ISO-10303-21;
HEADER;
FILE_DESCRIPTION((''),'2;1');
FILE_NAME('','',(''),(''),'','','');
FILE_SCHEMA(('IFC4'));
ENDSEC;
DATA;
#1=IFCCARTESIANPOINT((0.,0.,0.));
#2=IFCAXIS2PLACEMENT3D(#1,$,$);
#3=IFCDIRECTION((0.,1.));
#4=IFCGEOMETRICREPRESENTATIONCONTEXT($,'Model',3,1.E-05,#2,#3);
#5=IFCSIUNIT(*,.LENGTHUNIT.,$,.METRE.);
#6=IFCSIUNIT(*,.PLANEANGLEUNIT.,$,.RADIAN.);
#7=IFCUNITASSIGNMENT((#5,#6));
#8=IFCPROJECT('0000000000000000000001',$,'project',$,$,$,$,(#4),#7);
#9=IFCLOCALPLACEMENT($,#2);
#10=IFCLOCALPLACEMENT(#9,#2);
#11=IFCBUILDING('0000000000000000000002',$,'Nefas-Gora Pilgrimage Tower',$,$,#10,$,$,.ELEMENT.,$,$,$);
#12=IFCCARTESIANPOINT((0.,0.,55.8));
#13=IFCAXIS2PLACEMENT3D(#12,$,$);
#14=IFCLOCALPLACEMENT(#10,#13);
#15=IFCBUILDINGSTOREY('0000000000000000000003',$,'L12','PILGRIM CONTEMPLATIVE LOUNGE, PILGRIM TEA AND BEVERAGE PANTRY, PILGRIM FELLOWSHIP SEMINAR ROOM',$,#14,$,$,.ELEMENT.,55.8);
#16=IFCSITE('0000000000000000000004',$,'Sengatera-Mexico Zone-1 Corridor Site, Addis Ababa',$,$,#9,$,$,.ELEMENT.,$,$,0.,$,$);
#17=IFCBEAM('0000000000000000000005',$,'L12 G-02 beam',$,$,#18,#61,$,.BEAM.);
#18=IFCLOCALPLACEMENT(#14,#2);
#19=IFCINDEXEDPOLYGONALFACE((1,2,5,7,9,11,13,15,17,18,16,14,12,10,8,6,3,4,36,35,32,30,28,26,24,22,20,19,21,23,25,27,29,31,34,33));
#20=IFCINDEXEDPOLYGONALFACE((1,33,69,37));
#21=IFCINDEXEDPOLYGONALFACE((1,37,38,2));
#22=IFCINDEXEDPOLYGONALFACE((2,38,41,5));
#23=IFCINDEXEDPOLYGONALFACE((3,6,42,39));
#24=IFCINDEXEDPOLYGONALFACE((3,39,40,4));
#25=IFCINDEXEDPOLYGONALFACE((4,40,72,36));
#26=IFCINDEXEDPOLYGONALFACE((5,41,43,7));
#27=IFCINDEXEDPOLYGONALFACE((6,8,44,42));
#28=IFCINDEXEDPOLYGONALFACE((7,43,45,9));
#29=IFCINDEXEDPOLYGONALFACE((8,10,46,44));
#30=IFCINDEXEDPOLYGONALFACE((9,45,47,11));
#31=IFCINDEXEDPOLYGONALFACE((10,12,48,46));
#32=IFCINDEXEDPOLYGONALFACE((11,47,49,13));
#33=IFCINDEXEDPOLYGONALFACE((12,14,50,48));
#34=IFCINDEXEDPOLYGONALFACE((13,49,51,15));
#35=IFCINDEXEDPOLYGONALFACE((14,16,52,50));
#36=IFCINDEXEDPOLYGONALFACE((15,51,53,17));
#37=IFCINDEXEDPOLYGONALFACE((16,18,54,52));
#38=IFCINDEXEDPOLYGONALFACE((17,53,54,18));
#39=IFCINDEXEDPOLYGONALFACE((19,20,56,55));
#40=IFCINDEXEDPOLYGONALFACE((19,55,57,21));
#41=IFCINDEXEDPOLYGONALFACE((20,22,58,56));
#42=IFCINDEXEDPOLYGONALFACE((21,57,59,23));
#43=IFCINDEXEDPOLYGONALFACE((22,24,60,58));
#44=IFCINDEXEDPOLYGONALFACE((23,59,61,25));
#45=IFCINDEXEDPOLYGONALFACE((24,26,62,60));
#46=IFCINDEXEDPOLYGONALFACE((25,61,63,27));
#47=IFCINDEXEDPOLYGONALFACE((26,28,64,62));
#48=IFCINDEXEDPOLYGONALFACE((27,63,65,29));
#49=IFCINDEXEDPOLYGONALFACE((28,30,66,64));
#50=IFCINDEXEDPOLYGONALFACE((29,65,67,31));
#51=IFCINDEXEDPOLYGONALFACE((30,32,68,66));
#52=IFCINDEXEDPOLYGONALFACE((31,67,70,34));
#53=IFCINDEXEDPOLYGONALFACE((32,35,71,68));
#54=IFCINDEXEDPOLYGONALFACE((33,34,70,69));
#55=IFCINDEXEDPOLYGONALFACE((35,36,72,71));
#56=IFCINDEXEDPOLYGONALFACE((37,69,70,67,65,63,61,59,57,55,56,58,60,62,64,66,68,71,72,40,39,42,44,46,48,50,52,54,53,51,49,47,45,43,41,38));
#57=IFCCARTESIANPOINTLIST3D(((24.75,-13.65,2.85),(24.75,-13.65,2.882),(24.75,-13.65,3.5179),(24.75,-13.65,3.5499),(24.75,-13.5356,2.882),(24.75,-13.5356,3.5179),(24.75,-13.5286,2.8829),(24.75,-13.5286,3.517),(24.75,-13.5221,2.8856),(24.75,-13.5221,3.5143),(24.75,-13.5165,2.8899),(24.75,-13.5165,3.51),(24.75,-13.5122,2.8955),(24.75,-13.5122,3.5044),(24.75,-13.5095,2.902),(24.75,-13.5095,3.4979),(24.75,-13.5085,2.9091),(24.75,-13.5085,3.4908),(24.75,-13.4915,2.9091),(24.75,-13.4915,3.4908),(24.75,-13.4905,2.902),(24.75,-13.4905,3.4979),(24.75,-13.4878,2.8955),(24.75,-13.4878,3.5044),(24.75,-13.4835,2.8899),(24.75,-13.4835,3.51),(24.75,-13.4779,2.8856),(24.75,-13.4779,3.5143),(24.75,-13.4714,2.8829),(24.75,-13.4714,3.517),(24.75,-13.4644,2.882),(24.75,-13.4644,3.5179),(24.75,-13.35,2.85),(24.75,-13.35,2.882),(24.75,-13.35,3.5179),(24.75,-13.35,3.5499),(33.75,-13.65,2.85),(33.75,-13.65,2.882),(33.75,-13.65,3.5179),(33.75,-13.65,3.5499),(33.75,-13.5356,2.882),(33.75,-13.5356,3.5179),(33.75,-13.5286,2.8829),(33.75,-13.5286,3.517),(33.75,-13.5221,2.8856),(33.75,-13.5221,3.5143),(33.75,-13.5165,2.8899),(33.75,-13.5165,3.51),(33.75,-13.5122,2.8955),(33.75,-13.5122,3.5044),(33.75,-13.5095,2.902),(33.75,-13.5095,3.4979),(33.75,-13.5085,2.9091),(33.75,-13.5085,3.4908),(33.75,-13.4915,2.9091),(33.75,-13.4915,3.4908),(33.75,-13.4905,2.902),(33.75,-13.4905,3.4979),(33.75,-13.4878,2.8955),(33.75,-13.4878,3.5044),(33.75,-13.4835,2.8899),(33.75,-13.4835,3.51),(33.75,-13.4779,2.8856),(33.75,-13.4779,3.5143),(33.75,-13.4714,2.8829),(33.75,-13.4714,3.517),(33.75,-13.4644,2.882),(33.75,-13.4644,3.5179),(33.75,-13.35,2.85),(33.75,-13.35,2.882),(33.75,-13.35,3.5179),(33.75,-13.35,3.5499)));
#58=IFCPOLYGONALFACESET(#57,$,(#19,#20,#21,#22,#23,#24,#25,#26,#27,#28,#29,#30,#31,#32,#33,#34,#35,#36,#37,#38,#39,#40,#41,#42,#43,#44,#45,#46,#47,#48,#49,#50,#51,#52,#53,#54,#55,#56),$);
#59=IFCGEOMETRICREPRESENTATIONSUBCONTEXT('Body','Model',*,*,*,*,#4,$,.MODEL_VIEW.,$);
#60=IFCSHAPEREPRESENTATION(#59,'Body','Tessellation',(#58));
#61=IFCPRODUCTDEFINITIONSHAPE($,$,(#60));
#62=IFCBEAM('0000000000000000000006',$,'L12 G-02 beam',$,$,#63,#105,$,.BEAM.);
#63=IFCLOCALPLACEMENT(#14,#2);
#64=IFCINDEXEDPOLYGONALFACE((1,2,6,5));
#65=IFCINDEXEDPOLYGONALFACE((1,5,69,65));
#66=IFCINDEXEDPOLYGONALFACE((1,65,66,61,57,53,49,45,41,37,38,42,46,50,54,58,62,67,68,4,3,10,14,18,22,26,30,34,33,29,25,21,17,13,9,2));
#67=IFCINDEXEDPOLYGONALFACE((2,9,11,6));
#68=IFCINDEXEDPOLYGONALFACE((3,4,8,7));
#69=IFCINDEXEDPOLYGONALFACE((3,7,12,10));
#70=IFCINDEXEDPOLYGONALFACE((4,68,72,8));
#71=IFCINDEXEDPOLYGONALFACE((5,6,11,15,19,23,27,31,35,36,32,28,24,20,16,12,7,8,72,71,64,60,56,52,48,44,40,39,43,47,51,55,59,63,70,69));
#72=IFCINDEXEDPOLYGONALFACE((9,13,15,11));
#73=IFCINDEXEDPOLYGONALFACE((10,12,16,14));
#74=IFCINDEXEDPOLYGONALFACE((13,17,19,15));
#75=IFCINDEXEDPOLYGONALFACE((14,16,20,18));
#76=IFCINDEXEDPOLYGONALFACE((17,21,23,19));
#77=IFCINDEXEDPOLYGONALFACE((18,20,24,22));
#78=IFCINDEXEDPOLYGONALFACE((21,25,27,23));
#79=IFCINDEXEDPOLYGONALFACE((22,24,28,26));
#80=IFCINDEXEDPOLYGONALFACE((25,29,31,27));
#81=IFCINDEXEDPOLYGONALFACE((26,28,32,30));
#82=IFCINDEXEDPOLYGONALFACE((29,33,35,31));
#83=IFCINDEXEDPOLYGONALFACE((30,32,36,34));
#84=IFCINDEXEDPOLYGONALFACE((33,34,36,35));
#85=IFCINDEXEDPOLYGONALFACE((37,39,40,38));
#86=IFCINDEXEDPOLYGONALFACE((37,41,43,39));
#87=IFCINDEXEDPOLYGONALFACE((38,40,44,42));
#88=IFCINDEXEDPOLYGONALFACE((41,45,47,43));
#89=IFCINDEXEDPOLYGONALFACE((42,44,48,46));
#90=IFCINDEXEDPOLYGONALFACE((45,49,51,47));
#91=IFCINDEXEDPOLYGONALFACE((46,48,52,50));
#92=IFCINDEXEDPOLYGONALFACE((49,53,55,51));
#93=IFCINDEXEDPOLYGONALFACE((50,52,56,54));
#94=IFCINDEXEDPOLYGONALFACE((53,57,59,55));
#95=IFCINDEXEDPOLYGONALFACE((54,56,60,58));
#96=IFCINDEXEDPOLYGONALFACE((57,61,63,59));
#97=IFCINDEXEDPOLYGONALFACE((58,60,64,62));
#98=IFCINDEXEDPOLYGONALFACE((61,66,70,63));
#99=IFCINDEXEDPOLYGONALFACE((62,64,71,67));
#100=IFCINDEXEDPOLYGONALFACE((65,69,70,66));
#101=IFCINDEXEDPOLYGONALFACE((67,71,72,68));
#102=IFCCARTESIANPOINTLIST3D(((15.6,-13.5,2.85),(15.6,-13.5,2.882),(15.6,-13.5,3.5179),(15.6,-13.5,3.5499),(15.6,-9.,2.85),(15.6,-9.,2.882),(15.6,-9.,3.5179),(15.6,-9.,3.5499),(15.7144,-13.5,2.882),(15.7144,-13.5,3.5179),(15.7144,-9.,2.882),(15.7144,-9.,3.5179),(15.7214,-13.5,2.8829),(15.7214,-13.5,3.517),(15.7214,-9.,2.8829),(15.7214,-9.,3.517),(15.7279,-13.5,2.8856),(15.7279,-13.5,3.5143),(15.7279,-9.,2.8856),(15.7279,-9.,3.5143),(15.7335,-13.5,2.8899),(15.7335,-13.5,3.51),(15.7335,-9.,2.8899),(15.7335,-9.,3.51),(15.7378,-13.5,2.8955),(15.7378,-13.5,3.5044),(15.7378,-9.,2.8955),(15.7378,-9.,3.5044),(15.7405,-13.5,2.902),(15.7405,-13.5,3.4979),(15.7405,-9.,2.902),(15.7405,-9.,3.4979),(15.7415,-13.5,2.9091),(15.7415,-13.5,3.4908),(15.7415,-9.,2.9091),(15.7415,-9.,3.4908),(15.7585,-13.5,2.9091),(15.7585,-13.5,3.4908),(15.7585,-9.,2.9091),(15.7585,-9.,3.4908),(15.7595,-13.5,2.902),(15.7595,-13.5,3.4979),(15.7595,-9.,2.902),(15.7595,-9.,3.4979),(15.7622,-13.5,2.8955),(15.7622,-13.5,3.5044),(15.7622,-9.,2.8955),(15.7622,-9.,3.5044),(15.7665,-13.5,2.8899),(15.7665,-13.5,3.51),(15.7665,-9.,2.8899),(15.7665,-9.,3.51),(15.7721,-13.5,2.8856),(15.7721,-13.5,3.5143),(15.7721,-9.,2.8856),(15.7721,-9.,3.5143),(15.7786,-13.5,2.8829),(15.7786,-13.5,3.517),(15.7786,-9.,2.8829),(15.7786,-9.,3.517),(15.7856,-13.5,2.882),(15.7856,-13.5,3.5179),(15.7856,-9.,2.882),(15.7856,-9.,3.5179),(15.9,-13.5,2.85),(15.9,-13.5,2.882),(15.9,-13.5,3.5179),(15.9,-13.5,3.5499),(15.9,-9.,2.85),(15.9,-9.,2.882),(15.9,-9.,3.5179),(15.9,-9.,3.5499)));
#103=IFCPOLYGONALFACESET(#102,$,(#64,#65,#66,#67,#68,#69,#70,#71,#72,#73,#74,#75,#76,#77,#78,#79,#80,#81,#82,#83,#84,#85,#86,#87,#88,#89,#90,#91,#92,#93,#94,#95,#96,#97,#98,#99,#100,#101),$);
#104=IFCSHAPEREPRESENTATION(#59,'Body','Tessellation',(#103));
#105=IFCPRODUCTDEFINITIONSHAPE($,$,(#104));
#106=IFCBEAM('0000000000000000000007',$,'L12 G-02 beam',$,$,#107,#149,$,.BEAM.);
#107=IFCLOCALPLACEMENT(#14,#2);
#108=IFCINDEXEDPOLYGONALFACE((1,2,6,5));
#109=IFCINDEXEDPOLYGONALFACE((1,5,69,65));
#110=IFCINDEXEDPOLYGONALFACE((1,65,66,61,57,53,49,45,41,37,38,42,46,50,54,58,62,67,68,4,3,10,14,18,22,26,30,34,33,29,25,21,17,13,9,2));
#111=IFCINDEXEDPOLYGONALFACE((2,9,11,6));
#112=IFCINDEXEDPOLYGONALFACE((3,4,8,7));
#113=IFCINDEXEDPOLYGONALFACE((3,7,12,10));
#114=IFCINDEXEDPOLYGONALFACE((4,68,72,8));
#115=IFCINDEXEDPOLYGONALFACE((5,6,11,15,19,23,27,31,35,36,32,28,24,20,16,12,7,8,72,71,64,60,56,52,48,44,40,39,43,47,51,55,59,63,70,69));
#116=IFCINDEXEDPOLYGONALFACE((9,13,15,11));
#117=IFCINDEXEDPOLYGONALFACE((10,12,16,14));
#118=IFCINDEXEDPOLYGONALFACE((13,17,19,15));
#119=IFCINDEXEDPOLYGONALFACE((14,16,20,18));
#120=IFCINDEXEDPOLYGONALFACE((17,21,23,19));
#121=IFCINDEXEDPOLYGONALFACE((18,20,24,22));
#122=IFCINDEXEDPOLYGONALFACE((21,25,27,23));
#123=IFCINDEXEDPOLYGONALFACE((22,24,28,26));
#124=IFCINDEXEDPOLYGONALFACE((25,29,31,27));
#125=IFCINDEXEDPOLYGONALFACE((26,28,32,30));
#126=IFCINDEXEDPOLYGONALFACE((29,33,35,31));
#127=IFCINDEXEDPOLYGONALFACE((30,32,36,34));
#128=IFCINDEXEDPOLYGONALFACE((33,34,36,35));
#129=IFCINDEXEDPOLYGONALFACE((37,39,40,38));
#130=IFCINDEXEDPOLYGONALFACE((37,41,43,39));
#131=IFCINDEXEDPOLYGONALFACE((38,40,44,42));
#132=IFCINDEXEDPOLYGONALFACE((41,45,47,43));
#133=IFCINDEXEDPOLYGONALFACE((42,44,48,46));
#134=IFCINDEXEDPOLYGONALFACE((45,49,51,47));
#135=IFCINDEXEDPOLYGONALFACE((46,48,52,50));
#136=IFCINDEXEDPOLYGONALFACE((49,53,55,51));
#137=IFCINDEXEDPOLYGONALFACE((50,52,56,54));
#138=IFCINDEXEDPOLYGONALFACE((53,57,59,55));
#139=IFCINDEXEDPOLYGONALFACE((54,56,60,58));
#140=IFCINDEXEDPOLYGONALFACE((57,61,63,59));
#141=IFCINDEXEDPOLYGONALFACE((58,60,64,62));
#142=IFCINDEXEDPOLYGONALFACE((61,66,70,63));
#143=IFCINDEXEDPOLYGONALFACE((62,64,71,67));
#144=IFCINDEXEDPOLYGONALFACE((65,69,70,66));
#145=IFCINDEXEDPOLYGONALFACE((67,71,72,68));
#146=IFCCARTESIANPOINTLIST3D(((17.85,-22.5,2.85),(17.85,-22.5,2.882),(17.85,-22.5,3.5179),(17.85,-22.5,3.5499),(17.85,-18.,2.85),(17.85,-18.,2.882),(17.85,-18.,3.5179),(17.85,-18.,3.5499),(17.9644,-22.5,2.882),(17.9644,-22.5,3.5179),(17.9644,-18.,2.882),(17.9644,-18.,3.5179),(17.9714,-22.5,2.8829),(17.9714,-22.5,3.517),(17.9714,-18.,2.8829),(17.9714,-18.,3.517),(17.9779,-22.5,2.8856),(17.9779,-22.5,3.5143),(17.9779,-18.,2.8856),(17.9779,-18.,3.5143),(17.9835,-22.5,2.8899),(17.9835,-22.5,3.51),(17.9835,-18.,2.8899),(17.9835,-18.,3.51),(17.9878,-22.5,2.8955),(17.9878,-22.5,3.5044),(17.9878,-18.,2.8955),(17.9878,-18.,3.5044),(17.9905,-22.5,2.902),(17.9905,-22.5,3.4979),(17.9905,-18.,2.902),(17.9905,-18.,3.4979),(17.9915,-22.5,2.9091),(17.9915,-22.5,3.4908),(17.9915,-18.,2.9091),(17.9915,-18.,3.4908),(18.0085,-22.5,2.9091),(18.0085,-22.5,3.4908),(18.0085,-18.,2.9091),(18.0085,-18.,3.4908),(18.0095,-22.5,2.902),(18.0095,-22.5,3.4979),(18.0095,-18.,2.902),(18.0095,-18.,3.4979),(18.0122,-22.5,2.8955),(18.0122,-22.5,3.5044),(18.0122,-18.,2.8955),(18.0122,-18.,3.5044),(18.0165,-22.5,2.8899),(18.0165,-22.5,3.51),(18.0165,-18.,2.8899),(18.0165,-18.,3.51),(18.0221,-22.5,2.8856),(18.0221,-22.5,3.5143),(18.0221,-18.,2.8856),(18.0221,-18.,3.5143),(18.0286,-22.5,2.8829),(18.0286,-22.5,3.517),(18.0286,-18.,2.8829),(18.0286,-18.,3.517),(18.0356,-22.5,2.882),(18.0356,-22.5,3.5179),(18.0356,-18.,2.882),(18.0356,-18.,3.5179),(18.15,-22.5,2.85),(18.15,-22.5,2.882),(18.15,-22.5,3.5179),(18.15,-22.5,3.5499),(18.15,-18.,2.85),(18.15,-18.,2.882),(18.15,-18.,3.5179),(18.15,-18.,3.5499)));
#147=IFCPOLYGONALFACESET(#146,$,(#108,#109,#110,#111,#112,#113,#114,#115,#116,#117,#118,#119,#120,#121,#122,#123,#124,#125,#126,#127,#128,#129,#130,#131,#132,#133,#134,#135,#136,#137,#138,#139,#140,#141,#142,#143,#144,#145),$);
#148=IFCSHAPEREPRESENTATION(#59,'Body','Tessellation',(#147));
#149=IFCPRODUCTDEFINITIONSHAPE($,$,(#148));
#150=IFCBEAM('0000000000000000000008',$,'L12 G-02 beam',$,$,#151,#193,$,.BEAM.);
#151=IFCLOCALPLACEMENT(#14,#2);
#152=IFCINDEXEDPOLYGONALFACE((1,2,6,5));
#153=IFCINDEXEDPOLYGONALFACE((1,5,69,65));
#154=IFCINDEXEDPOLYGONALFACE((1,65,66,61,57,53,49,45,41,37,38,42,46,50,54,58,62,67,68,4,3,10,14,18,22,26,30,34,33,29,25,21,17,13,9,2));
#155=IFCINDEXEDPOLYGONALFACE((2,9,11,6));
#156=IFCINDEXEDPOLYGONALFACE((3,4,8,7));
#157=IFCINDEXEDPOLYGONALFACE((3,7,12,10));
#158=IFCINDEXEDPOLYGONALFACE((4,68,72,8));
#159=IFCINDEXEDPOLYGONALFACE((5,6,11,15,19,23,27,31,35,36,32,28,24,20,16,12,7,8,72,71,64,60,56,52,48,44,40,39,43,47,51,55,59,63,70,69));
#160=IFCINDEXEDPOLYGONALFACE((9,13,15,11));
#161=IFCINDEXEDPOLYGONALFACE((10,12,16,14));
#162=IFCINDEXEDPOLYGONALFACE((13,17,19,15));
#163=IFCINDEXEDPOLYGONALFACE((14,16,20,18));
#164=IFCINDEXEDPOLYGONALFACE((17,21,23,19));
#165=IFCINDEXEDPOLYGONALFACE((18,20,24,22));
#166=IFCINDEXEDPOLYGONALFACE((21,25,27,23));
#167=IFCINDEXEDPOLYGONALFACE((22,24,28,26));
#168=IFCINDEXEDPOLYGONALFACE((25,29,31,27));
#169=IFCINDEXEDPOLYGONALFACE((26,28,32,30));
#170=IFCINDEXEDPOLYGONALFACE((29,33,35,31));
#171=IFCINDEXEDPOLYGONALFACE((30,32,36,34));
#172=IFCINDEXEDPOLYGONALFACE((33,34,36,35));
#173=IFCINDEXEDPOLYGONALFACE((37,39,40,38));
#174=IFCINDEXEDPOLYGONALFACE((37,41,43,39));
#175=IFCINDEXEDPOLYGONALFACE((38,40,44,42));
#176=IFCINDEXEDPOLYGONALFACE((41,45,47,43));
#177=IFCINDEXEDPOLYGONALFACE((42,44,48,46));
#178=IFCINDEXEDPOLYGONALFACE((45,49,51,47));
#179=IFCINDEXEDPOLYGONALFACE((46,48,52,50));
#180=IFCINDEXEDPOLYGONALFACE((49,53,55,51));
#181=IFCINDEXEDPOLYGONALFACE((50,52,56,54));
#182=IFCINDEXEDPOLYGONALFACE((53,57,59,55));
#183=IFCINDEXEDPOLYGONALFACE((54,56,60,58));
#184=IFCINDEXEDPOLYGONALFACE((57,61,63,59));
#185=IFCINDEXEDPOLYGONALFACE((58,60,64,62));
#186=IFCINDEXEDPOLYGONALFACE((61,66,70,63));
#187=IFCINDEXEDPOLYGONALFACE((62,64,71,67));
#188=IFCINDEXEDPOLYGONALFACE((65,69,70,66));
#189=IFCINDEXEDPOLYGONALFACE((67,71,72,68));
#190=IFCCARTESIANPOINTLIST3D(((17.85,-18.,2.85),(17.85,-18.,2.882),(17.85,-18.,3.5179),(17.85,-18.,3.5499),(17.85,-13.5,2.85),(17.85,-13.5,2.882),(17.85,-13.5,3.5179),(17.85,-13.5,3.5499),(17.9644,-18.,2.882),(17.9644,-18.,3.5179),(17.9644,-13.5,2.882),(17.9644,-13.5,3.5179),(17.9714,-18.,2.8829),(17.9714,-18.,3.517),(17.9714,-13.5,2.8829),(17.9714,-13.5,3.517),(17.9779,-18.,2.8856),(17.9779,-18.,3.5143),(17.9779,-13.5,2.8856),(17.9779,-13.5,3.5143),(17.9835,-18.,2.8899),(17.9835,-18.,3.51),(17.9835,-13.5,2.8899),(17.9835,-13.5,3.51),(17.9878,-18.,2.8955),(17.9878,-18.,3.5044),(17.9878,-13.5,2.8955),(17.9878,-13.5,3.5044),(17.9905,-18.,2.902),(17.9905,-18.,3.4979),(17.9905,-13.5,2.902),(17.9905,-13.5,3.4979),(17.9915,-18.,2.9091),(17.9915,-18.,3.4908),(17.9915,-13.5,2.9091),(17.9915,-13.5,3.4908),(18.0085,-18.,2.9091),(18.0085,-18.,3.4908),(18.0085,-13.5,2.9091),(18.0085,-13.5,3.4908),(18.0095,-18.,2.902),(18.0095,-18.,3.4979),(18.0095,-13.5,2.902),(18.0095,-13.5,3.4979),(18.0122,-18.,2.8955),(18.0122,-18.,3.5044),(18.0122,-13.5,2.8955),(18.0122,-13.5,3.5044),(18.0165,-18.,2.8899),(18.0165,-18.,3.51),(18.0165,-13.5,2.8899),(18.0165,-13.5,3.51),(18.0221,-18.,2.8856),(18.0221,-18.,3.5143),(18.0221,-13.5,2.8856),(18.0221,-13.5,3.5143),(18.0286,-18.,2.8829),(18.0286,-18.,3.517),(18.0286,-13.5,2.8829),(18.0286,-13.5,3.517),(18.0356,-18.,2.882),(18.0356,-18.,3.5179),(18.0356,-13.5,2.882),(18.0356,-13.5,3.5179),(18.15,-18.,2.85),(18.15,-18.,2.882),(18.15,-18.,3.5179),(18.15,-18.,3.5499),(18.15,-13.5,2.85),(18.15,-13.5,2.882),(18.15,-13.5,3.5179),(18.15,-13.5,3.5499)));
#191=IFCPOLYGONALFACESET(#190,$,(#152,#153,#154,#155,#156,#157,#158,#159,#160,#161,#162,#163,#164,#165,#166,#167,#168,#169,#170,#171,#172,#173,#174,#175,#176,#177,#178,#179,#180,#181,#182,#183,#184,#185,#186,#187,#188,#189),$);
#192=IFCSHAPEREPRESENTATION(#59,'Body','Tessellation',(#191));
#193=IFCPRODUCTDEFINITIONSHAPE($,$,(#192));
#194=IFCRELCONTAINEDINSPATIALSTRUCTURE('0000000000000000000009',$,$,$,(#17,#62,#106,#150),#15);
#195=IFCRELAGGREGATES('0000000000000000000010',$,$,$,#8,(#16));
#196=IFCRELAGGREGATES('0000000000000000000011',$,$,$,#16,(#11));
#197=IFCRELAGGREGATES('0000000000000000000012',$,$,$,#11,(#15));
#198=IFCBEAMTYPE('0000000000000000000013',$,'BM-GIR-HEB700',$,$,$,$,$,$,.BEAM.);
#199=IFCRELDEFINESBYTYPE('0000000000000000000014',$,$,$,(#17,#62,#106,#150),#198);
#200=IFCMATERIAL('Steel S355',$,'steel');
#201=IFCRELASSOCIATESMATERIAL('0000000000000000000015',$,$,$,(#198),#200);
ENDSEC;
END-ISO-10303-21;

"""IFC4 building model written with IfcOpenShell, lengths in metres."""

from ifc_helpers import new_model, si_unit, direction, frame, origin, origin_2d, place, context, subcontext, project, spatial, i_section, extrude, source, transform, mapped, material, material_profile, profile_set, type_object, element, save


model = new_model("IFC4")

# Units and contexts
model_context = context("Model", 3, precision=1e-05, world=origin(), true_north=direction((0.0, 1.0)))
body_context = subcontext(model_context, "Body", "Model", "MODEL_VIEW")
ifc_project = project(units=[si_unit("LENGTHUNIT", "METRE"), si_unit("PLANEANGLEUNIT", "RADIAN")], contexts=[model_context])

# Site, building, storey
site_placement = place(None, origin())
site = spatial("IfcSite", under=ifc_project, at=site_placement, Name="Sengatera-Mexico Zone-1 Corridor Site, Addis Ababa", CompositionType="ELEMENT", RefElevation=0.0)
building_placement = place(site_placement, origin())
building = spatial("IfcBuilding", under=site, at=building_placement, Name="Nefas-Gora Pilgrimage Tower", CompositionType="ELEMENT")
storey_placement = place(building_placement, frame((0.0, 0.0, 55.8)))
storey = spatial("IfcBuildingStorey", under=building, at=storey_placement, Name="L12", Description="PILGRIM CONTEMPLATIVE LOUNGE, PILGRIM TEA AND BEVERAGE PANTRY, PILGRIM FELLOWSHIP SEMINAR ROOM", CompositionType="ELEMENT", Elevation=55.8)

# Beams
ifc_material_1 = material(Name="Steel S355", Category="steel")
ifc_material_profile_1 = material_profile(ifc_material_1, i_section(OverallWidth=0.3, OverallDepth=0.7, WebThickness=0.0171, FlangeThickness=0.032, FilletRadius=0.0271, at=origin_2d()), Name="HEB 700")
ifc_profile_set_1 = profile_set([ifc_material_profile_1], Name="Steel S355")
beam_type_1 = type_object("IfcBeamType", Name="BM-GIR-HEB700", PredefinedType="BEAM", material=ifc_profile_set_1)
shared_shape_1 = source(origin(), body_context, "Body", "SweptSolid", [
    extrude(i_section(OverallWidth=0.3, OverallDepth=0.7, WebThickness=0.0171, FlangeThickness=0.032, FilletRadius=0.0271, at=origin_2d()), origin(), (0.0, 0.0, 1.0), 9.0),
])
beam_1_placement = place(storey_placement, frame((24.75, -13.5, 3.2), z_axis=(1.0, 0.0, 0.0), x_axis=(0.0, 1.0, 0.0)))
element("IfcBeam", 1, at=beam_1_placement, inside=storey, type_object=beam_type_1, Name="L12 G-02 beam", PredefinedType="BEAM", context=body_context, shape_type="MappedRepresentation", body=[
    mapped(shared_shape_1, transform((0.0, 0.0, 0.0), x_axis=(1.0, 0.0, 0.0), y_axis=(0.0, 1.0, 0.0), z_axis=(0.0, 0.0, 1.0), scale=1.0)),
])
shared_shape_2 = source(origin(), body_context, "Body", "SweptSolid", [
    extrude(i_section(OverallWidth=0.3, OverallDepth=0.7, WebThickness=0.0171, FlangeThickness=0.032, FilletRadius=0.0271, at=origin_2d()), origin(), (0.0, 0.0, 1.0), 4.5),
])
for number, where, z_axis, x_axis, name in (
    (2, (15.75, -13.5, 3.2), (0.0, 1.0, 0.0), (-1.0, 0.0, 0.0), "L12 G-02 beam"),
    (3, (18.0, -22.5, 3.2), (0.0, 1.0, 0.0), (-1.0, 0.0, 0.0), "L12 G-02 beam"),
    (4, (18.0, -18.0, 3.2), (0.0, 1.0, 0.0), (-1.0, 0.0, 0.0), "L12 G-02 beam"),
):
    element("IfcBeam", number, at=place(storey_placement, frame(where, z_axis=z_axis, x_axis=x_axis)), inside=storey, type_object=beam_type_1, Name=name, PredefinedType="BEAM", context=body_context, shape_type="MappedRepresentation", body=[
        mapped(shared_shape_2, transform((0.0, 0.0, 0.0), x_axis=(1.0, 0.0, 0.0), y_axis=(0.0, 1.0, 0.0), z_axis=(0.0, 0.0, 1.0), scale=1.0)),
    ])

save(model, "model.ifc")
